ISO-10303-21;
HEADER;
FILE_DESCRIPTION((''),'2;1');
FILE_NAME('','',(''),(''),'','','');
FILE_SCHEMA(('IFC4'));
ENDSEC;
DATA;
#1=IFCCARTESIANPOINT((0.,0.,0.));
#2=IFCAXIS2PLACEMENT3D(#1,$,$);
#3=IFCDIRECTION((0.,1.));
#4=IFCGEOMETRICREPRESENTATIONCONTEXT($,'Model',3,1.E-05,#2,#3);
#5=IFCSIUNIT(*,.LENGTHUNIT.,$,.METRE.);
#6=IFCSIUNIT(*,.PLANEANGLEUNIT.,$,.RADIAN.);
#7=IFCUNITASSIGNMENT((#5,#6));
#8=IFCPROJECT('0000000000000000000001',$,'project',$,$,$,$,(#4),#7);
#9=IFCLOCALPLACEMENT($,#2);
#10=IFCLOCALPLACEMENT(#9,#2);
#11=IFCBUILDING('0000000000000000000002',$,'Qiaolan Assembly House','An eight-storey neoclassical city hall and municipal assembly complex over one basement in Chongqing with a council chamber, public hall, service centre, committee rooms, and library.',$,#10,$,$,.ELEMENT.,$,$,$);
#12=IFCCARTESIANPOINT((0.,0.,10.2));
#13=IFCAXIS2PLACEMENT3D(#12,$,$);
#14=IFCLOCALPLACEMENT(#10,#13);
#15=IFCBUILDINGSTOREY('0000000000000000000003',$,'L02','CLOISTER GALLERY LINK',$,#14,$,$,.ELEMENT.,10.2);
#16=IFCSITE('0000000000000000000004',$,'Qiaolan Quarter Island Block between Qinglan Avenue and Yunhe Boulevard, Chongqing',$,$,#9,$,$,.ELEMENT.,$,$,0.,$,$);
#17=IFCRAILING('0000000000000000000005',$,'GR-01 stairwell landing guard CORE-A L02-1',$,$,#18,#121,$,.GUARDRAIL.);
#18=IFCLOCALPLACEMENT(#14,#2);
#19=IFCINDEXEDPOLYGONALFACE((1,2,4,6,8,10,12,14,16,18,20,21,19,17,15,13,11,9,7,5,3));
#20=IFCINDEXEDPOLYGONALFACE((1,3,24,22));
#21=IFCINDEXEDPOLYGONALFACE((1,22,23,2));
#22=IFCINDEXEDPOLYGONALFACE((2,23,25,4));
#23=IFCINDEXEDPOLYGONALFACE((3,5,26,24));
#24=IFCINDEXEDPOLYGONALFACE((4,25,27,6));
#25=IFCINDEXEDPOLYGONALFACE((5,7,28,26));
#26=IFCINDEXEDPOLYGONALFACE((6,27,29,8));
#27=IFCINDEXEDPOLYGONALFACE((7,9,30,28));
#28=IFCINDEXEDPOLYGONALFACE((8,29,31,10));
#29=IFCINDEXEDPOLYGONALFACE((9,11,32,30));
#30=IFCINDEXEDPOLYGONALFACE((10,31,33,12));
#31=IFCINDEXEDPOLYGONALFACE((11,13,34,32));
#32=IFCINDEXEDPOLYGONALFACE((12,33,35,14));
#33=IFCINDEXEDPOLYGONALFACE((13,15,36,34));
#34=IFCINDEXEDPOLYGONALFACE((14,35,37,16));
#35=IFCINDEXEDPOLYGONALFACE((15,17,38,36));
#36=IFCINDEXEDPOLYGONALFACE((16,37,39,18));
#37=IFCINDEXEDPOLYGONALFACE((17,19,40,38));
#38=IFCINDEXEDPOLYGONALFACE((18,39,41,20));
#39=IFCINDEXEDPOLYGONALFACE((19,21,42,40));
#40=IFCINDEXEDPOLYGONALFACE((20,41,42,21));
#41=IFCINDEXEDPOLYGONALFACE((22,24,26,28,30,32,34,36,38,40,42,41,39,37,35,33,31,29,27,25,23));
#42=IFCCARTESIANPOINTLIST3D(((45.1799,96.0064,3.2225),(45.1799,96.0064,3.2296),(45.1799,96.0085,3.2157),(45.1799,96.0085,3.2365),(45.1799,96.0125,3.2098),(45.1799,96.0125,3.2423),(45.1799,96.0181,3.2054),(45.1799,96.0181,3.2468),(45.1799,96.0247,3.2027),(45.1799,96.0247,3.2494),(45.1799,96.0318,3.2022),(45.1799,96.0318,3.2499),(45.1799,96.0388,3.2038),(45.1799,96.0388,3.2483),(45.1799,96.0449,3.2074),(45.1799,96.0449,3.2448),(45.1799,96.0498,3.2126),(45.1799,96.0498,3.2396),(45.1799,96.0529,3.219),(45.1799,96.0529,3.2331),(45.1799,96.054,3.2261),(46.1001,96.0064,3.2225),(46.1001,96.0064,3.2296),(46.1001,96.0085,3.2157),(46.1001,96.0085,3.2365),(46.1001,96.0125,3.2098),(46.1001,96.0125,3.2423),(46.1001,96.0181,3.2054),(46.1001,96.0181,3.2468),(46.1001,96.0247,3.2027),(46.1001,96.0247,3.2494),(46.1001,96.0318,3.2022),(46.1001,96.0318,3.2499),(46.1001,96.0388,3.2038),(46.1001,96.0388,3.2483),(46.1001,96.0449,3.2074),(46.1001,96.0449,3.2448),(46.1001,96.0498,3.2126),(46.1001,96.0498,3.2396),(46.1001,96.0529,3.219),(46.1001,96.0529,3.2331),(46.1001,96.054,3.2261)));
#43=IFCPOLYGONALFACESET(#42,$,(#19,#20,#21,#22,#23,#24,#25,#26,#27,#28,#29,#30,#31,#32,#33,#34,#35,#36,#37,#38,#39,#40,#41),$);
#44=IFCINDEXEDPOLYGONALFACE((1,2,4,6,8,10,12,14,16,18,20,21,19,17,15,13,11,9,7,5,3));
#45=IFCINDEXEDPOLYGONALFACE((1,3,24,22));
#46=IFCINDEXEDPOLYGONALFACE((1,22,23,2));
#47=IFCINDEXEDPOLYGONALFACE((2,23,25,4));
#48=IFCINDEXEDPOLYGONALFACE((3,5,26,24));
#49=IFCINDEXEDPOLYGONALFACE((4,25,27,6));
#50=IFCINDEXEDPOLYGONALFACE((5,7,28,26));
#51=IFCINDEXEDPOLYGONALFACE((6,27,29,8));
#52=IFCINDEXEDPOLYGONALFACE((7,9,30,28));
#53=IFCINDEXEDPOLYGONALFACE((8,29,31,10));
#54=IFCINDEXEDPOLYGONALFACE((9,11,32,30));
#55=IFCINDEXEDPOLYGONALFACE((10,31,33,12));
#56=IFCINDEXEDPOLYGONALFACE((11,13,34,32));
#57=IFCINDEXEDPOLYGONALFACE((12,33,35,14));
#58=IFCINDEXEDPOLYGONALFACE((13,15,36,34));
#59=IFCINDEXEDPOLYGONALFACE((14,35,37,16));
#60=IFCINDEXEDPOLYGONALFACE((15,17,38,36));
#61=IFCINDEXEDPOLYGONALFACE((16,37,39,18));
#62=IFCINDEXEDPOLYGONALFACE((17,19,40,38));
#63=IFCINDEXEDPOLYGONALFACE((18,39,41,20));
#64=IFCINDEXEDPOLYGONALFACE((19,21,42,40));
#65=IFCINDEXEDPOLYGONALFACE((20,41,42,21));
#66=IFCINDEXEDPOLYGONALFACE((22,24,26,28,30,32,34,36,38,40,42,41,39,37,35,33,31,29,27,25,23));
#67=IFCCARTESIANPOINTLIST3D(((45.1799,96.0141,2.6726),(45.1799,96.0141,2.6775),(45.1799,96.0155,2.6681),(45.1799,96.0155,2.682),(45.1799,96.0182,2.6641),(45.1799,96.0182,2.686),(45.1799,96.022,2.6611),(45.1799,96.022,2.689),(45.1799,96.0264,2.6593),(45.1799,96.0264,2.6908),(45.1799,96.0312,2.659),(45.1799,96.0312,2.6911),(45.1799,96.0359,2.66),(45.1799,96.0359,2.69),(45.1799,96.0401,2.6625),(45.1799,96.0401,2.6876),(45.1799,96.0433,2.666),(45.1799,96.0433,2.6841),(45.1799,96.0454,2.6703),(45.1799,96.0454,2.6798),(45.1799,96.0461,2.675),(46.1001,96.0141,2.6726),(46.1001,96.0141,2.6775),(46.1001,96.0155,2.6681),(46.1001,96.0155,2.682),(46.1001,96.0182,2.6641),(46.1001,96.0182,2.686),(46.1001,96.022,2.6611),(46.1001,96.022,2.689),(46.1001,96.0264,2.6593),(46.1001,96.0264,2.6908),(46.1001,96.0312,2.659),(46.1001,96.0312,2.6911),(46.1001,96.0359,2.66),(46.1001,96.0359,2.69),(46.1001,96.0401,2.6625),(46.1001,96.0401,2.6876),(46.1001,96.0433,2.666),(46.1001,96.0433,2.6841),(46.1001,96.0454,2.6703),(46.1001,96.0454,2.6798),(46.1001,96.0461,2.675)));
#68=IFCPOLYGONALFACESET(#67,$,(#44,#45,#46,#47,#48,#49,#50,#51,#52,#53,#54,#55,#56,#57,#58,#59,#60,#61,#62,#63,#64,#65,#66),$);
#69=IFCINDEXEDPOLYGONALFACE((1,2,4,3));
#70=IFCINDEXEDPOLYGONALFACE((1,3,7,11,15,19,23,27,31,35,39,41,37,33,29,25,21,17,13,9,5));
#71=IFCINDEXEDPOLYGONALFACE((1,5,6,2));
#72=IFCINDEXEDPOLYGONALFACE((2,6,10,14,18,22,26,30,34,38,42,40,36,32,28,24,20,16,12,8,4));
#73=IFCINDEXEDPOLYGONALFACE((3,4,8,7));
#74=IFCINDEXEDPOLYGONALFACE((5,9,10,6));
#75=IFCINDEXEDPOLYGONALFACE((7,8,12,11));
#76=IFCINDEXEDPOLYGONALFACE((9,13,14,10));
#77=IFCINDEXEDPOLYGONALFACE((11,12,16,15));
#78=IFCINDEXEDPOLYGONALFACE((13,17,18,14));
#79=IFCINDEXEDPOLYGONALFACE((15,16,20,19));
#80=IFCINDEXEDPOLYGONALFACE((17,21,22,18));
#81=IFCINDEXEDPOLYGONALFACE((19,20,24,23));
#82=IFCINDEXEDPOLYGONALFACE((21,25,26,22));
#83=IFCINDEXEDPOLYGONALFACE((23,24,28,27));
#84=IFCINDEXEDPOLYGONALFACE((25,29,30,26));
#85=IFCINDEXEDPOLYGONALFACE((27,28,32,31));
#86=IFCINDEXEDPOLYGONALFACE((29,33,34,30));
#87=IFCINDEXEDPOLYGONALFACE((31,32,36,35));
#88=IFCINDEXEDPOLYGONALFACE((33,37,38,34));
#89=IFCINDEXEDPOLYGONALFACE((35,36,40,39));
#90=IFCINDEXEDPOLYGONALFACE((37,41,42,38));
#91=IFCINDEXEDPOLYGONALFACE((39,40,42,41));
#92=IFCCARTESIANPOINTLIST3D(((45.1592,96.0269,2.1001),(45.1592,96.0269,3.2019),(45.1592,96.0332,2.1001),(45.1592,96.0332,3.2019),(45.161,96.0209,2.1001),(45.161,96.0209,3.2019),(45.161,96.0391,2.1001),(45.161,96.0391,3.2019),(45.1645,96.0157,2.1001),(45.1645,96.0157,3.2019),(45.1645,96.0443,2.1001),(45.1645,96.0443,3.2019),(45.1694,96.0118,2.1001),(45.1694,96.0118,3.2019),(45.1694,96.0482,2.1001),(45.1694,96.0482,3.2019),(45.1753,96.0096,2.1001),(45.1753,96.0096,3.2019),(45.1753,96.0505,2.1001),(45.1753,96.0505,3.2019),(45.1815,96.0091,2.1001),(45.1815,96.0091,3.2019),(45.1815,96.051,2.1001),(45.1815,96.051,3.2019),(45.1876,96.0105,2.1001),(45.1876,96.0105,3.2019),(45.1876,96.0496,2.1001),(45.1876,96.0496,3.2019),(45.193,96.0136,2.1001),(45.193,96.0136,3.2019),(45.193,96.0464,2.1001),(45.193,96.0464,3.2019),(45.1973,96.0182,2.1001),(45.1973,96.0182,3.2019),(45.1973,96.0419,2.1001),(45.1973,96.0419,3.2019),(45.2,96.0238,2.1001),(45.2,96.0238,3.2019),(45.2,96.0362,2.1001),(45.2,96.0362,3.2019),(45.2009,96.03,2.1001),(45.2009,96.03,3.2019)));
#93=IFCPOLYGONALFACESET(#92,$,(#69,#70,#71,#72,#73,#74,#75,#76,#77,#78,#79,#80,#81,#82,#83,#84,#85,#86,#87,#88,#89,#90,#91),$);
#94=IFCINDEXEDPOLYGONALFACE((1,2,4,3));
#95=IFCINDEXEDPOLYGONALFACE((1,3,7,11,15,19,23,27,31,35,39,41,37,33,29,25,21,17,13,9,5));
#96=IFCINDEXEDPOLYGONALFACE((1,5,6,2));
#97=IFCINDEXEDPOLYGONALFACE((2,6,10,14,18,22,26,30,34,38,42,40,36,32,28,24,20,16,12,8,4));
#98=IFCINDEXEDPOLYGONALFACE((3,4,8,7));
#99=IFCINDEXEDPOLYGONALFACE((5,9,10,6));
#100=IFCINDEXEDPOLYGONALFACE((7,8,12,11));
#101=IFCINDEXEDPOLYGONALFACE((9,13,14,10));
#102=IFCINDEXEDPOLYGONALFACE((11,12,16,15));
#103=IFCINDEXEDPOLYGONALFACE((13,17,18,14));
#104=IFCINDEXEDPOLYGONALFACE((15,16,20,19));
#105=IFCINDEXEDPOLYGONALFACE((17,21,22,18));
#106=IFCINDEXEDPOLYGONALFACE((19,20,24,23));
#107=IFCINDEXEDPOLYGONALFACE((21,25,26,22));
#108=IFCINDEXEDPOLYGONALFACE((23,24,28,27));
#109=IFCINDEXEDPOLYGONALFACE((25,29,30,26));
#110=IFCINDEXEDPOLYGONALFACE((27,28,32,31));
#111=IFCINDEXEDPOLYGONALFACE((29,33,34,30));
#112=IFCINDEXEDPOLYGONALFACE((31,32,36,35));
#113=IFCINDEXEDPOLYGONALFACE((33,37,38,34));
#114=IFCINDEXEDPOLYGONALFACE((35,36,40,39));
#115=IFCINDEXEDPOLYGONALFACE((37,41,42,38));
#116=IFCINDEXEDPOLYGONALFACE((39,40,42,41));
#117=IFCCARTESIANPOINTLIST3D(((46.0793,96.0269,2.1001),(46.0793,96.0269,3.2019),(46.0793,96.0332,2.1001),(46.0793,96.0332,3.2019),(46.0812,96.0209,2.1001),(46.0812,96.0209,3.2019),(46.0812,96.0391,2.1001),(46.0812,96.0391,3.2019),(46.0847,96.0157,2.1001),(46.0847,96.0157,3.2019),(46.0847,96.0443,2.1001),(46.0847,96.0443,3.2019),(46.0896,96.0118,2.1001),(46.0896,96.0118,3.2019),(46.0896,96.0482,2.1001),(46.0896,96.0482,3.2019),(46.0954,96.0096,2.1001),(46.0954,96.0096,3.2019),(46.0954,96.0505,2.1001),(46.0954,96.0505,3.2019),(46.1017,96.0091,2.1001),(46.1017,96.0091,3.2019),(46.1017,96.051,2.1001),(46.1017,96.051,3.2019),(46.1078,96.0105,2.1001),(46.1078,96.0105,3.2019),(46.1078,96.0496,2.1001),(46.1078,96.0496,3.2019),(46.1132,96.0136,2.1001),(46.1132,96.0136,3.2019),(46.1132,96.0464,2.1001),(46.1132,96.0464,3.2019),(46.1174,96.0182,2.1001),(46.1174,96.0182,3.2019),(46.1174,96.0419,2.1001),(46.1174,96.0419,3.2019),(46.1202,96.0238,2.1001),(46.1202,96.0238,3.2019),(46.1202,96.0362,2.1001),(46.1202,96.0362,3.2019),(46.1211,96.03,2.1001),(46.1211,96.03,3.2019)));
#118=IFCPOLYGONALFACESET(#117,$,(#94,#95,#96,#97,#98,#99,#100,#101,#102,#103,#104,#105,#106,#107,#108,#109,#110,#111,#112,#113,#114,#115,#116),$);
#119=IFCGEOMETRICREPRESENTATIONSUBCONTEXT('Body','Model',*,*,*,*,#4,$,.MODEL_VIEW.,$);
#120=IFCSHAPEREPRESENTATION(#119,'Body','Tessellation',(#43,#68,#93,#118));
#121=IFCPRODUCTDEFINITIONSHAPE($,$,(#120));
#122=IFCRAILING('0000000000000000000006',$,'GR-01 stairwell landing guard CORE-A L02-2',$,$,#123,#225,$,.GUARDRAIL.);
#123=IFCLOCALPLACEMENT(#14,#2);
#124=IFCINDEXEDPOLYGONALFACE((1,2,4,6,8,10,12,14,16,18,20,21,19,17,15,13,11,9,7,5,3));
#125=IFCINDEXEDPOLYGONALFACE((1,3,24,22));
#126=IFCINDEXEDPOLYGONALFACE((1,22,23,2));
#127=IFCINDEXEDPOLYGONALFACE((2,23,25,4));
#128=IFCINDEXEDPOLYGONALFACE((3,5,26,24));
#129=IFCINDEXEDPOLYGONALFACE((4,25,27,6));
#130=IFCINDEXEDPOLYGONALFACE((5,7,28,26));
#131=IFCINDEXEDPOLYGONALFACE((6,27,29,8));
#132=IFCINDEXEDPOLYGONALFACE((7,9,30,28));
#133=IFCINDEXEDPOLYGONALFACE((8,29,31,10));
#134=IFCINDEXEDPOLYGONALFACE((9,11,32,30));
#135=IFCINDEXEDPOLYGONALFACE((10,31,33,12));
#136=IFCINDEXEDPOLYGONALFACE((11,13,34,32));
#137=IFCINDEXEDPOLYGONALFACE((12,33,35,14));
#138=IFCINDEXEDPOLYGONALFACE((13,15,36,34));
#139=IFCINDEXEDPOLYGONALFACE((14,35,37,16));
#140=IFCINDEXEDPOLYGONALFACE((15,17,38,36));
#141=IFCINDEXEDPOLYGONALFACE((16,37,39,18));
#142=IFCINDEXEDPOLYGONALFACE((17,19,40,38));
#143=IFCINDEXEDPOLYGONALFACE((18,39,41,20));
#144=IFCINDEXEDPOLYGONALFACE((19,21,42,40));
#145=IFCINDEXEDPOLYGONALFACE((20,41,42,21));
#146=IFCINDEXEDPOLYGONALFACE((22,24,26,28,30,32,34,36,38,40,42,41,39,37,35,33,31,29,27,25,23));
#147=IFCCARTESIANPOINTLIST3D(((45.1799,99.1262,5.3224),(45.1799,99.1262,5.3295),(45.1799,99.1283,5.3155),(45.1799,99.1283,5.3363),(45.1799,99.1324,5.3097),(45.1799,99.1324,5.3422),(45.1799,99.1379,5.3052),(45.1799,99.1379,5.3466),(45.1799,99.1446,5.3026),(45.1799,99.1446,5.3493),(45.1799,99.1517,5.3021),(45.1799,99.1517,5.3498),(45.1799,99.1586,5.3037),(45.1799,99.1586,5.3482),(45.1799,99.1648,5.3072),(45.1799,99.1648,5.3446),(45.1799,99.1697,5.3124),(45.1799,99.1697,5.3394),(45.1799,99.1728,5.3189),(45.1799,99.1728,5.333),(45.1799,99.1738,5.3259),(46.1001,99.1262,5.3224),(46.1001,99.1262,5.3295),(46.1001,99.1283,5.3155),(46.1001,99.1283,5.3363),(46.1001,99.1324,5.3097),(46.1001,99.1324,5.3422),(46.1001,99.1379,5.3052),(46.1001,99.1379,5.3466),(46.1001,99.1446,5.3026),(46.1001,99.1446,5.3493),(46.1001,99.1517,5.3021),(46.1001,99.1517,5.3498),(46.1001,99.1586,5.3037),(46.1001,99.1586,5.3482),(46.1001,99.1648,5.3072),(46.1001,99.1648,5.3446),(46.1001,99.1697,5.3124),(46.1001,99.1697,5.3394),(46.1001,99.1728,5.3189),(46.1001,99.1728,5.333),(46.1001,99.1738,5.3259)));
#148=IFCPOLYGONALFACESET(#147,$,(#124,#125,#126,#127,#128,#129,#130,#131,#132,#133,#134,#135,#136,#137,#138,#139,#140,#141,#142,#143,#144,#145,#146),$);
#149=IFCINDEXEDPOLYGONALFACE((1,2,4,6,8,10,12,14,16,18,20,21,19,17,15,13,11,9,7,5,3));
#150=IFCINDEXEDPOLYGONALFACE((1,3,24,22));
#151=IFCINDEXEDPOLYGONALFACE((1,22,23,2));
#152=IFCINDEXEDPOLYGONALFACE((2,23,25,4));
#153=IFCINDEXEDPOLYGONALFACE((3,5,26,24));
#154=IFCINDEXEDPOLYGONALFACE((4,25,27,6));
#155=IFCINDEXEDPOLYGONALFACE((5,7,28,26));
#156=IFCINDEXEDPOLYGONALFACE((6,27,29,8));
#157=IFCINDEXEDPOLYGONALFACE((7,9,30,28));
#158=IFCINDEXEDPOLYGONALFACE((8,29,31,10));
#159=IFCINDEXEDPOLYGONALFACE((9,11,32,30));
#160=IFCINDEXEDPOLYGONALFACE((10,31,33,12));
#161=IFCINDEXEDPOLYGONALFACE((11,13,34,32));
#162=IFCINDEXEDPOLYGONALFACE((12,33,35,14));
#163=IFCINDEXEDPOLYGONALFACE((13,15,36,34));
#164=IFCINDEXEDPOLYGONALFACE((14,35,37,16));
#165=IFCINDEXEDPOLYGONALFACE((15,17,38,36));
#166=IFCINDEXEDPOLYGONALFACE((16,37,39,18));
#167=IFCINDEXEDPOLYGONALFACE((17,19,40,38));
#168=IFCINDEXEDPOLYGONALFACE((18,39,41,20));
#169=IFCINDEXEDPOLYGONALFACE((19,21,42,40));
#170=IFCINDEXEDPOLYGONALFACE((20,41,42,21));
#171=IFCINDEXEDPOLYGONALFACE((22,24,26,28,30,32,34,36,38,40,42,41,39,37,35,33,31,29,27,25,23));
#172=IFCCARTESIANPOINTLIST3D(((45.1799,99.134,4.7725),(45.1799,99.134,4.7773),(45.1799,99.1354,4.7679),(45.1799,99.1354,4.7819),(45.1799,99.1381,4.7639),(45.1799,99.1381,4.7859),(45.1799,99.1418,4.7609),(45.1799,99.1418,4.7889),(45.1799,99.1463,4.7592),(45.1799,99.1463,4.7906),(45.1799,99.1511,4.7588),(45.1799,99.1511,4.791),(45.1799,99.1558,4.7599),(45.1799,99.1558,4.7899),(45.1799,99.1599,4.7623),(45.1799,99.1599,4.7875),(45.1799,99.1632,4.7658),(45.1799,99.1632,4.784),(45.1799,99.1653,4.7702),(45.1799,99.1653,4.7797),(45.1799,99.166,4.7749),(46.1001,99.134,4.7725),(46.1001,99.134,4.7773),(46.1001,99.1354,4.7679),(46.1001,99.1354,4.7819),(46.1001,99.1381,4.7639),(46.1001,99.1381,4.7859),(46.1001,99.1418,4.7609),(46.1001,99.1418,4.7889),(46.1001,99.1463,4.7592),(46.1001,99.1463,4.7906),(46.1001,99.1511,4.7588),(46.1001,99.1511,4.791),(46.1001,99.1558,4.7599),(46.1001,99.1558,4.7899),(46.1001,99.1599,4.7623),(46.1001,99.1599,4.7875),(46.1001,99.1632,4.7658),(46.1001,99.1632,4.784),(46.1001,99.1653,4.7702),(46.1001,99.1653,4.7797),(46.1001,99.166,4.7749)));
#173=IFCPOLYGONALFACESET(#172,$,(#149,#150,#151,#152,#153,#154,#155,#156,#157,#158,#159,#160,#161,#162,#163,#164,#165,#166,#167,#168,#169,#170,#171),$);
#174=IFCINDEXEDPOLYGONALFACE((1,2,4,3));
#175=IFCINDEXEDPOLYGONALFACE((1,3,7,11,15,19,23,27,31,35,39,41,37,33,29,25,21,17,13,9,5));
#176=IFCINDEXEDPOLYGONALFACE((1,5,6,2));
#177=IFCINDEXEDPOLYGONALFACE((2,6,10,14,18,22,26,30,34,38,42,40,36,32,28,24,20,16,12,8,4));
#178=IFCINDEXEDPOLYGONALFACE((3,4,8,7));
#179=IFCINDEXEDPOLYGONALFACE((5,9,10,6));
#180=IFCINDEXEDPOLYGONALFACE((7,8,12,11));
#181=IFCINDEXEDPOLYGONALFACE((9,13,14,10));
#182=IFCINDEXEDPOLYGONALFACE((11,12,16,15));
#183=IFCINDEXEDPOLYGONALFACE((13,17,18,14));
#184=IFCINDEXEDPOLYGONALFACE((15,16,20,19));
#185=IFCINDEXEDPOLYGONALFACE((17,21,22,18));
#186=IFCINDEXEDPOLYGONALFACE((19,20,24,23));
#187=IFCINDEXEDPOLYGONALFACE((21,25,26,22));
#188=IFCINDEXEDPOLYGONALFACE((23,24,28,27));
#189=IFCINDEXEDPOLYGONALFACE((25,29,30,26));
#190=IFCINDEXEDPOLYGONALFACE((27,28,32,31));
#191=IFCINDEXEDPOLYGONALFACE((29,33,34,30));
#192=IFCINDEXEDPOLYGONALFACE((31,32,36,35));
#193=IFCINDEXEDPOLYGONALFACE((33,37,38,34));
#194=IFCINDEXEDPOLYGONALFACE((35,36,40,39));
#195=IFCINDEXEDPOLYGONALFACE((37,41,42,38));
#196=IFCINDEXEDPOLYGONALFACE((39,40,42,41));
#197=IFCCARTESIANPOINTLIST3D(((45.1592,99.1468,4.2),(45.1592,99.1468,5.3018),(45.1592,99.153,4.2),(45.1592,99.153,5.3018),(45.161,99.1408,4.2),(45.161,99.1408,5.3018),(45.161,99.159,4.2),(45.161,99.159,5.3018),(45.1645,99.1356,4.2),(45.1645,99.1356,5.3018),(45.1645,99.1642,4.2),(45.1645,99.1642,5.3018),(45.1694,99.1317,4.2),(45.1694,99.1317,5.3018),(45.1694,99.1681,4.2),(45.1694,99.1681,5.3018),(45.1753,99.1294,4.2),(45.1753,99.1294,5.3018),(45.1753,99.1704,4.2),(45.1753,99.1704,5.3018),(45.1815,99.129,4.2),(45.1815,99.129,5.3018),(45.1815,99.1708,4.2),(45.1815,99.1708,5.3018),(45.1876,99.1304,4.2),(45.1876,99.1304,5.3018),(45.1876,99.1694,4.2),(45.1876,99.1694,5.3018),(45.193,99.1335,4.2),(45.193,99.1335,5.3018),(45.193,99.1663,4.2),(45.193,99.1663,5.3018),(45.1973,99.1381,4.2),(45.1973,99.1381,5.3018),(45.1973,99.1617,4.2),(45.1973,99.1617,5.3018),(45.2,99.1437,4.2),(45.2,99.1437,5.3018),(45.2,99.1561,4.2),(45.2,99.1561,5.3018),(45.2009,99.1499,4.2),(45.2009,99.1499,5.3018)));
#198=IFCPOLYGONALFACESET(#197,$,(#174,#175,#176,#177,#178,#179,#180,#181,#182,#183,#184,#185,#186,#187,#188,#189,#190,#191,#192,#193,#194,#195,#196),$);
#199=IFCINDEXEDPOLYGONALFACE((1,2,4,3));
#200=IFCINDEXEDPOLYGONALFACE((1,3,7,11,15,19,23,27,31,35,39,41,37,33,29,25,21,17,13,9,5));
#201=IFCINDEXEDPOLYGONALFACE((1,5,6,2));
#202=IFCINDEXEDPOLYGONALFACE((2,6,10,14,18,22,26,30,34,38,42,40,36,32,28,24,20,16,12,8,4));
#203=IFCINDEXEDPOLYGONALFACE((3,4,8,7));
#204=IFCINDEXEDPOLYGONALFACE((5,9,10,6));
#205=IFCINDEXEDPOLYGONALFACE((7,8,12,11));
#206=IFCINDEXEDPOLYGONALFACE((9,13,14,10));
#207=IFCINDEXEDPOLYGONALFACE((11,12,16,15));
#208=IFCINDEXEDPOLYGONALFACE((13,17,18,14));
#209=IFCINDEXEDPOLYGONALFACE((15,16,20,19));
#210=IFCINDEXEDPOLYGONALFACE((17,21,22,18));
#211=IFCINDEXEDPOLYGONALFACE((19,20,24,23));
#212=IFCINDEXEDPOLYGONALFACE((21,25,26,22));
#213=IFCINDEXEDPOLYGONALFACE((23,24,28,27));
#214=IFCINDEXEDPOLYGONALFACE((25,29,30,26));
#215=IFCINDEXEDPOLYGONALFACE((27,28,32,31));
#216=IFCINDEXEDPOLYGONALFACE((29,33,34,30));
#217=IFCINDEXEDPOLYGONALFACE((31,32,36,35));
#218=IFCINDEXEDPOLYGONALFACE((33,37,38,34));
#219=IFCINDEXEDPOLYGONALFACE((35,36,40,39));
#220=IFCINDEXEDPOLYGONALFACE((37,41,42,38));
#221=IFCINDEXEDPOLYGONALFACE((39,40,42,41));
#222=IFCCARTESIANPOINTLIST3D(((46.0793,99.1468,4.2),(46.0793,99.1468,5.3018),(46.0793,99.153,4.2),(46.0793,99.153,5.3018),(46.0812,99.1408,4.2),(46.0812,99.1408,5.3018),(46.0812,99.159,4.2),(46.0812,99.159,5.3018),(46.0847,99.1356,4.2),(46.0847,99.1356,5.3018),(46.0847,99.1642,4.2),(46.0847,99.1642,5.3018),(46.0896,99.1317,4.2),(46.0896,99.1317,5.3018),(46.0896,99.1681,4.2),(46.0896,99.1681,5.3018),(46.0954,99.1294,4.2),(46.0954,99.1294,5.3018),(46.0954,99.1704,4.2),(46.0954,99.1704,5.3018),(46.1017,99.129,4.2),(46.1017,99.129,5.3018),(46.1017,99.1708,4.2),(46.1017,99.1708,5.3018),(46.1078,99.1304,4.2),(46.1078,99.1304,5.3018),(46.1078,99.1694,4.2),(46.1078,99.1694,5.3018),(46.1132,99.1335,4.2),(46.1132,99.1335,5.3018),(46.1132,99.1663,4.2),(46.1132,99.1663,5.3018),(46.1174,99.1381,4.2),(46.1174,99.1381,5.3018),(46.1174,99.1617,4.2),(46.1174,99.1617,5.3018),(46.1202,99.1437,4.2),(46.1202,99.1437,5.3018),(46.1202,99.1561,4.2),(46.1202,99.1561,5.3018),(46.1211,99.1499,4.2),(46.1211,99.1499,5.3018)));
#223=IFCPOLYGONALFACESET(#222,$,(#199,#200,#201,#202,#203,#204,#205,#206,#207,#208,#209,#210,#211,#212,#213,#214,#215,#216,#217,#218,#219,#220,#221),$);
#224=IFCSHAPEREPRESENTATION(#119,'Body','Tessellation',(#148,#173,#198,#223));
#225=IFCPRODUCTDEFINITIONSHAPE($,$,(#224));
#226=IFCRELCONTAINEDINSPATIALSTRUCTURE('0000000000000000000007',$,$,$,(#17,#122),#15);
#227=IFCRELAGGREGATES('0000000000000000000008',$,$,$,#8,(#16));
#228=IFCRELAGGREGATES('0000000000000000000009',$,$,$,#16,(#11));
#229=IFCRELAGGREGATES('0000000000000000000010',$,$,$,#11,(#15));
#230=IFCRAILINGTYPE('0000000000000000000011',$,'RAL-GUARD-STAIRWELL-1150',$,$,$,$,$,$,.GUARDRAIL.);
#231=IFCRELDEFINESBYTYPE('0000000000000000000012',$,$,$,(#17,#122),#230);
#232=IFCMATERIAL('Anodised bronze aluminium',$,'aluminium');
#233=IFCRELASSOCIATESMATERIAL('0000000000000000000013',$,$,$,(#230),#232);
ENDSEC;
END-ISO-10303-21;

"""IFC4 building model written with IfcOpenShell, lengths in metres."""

from ifc_helpers import new_model, si_unit, direction, frame, origin, origin_2d, place, context, subcontext, project, spatial, circle, extrude, material, type_object, element, save


model = new_model("IFC4")

# Units and contexts
model_context = context("Model", 3, precision=1e-05, world=origin(), true_north=direction((0.0, 1.0)))
body_context = subcontext(model_context, "Body", "Model", "MODEL_VIEW")
ifc_project = project(units=[si_unit("LENGTHUNIT", "METRE"), si_unit("PLANEANGLEUNIT", "RADIAN")], contexts=[model_context])

# Site, building, storey
site_placement = place(None, origin())
site = spatial("IfcSite", under=ifc_project, at=site_placement, Name="Qiaolan Quarter Island Block between Qinglan Avenue and Yunhe Boulevard, Chongqing", CompositionType="ELEMENT", RefElevation=0.0)
building_placement = place(site_placement, origin())
building = spatial("IfcBuilding", under=site, at=building_placement, Name="Qiaolan Assembly House", Description="An eight-storey neoclassical city hall and municipal assembly complex over one basement in Chongqing with a council chamber, public hall, service centre, committee rooms, and library.", CompositionType="ELEMENT")
storey_placement = place(building_placement, frame((0.0, 0.0, 10.2)))
storey = spatial("IfcBuildingStorey", under=building, at=storey_placement, Name="L02", Description="CLOISTER GALLERY LINK", CompositionType="ELEMENT", Elevation=10.2)

# Railings
ifc_material_1 = material(Name="Anodised bronze aluminium", Category="aluminium")
railing_type_1 = type_object("IfcRailingType", Name="RAL-GUARD-STAIRWELL-1150", PredefinedType="GUARDRAIL", material=ifc_material_1)
for number, where, name in (
    (1, (45.1799, 96.03, 2.1001), "GR-01 stairwell landing guard CORE-A L02-1"),
    (2, (45.1799, 99.1499, 4.2), "GR-01 stairwell landing guard CORE-A L02-2"),
):
    element("IfcRailing", number, at=place(storey_placement, frame(where)), inside=storey, type_object=railing_type_1, Name=name, PredefinedType="GUARDRAIL", context=body_context, shape_type="SweptSolid", body=[
        extrude(circle(Radius=0.0239, at=origin_2d()), frame((0.0, 0.0, 1.126), z_axis=(1.0, 0.0, 0.0), x_axis=(0.0, 1.0, 0.0)), (0.0, 0.0, 1.0), 0.9202),
        extrude(circle(Radius=0.0161, at=origin_2d()), frame((0.0, 0.0, 0.575), z_axis=(1.0, 0.0, 0.0), x_axis=(0.0, 1.0, 0.0)), (0.0, 0.0, 1.0), 0.9202),
        extrude(circle(Radius=0.021, at=origin_2d()), origin(), (0.0, 0.0, 1.0), 1.1018),
        extrude(circle(Radius=0.021, at=origin_2d()), frame((0.9202, 0.0, 0.0)), (0.0, 0.0, 1.0), 1.1018),
    ])

save(model, "model.ifc")
